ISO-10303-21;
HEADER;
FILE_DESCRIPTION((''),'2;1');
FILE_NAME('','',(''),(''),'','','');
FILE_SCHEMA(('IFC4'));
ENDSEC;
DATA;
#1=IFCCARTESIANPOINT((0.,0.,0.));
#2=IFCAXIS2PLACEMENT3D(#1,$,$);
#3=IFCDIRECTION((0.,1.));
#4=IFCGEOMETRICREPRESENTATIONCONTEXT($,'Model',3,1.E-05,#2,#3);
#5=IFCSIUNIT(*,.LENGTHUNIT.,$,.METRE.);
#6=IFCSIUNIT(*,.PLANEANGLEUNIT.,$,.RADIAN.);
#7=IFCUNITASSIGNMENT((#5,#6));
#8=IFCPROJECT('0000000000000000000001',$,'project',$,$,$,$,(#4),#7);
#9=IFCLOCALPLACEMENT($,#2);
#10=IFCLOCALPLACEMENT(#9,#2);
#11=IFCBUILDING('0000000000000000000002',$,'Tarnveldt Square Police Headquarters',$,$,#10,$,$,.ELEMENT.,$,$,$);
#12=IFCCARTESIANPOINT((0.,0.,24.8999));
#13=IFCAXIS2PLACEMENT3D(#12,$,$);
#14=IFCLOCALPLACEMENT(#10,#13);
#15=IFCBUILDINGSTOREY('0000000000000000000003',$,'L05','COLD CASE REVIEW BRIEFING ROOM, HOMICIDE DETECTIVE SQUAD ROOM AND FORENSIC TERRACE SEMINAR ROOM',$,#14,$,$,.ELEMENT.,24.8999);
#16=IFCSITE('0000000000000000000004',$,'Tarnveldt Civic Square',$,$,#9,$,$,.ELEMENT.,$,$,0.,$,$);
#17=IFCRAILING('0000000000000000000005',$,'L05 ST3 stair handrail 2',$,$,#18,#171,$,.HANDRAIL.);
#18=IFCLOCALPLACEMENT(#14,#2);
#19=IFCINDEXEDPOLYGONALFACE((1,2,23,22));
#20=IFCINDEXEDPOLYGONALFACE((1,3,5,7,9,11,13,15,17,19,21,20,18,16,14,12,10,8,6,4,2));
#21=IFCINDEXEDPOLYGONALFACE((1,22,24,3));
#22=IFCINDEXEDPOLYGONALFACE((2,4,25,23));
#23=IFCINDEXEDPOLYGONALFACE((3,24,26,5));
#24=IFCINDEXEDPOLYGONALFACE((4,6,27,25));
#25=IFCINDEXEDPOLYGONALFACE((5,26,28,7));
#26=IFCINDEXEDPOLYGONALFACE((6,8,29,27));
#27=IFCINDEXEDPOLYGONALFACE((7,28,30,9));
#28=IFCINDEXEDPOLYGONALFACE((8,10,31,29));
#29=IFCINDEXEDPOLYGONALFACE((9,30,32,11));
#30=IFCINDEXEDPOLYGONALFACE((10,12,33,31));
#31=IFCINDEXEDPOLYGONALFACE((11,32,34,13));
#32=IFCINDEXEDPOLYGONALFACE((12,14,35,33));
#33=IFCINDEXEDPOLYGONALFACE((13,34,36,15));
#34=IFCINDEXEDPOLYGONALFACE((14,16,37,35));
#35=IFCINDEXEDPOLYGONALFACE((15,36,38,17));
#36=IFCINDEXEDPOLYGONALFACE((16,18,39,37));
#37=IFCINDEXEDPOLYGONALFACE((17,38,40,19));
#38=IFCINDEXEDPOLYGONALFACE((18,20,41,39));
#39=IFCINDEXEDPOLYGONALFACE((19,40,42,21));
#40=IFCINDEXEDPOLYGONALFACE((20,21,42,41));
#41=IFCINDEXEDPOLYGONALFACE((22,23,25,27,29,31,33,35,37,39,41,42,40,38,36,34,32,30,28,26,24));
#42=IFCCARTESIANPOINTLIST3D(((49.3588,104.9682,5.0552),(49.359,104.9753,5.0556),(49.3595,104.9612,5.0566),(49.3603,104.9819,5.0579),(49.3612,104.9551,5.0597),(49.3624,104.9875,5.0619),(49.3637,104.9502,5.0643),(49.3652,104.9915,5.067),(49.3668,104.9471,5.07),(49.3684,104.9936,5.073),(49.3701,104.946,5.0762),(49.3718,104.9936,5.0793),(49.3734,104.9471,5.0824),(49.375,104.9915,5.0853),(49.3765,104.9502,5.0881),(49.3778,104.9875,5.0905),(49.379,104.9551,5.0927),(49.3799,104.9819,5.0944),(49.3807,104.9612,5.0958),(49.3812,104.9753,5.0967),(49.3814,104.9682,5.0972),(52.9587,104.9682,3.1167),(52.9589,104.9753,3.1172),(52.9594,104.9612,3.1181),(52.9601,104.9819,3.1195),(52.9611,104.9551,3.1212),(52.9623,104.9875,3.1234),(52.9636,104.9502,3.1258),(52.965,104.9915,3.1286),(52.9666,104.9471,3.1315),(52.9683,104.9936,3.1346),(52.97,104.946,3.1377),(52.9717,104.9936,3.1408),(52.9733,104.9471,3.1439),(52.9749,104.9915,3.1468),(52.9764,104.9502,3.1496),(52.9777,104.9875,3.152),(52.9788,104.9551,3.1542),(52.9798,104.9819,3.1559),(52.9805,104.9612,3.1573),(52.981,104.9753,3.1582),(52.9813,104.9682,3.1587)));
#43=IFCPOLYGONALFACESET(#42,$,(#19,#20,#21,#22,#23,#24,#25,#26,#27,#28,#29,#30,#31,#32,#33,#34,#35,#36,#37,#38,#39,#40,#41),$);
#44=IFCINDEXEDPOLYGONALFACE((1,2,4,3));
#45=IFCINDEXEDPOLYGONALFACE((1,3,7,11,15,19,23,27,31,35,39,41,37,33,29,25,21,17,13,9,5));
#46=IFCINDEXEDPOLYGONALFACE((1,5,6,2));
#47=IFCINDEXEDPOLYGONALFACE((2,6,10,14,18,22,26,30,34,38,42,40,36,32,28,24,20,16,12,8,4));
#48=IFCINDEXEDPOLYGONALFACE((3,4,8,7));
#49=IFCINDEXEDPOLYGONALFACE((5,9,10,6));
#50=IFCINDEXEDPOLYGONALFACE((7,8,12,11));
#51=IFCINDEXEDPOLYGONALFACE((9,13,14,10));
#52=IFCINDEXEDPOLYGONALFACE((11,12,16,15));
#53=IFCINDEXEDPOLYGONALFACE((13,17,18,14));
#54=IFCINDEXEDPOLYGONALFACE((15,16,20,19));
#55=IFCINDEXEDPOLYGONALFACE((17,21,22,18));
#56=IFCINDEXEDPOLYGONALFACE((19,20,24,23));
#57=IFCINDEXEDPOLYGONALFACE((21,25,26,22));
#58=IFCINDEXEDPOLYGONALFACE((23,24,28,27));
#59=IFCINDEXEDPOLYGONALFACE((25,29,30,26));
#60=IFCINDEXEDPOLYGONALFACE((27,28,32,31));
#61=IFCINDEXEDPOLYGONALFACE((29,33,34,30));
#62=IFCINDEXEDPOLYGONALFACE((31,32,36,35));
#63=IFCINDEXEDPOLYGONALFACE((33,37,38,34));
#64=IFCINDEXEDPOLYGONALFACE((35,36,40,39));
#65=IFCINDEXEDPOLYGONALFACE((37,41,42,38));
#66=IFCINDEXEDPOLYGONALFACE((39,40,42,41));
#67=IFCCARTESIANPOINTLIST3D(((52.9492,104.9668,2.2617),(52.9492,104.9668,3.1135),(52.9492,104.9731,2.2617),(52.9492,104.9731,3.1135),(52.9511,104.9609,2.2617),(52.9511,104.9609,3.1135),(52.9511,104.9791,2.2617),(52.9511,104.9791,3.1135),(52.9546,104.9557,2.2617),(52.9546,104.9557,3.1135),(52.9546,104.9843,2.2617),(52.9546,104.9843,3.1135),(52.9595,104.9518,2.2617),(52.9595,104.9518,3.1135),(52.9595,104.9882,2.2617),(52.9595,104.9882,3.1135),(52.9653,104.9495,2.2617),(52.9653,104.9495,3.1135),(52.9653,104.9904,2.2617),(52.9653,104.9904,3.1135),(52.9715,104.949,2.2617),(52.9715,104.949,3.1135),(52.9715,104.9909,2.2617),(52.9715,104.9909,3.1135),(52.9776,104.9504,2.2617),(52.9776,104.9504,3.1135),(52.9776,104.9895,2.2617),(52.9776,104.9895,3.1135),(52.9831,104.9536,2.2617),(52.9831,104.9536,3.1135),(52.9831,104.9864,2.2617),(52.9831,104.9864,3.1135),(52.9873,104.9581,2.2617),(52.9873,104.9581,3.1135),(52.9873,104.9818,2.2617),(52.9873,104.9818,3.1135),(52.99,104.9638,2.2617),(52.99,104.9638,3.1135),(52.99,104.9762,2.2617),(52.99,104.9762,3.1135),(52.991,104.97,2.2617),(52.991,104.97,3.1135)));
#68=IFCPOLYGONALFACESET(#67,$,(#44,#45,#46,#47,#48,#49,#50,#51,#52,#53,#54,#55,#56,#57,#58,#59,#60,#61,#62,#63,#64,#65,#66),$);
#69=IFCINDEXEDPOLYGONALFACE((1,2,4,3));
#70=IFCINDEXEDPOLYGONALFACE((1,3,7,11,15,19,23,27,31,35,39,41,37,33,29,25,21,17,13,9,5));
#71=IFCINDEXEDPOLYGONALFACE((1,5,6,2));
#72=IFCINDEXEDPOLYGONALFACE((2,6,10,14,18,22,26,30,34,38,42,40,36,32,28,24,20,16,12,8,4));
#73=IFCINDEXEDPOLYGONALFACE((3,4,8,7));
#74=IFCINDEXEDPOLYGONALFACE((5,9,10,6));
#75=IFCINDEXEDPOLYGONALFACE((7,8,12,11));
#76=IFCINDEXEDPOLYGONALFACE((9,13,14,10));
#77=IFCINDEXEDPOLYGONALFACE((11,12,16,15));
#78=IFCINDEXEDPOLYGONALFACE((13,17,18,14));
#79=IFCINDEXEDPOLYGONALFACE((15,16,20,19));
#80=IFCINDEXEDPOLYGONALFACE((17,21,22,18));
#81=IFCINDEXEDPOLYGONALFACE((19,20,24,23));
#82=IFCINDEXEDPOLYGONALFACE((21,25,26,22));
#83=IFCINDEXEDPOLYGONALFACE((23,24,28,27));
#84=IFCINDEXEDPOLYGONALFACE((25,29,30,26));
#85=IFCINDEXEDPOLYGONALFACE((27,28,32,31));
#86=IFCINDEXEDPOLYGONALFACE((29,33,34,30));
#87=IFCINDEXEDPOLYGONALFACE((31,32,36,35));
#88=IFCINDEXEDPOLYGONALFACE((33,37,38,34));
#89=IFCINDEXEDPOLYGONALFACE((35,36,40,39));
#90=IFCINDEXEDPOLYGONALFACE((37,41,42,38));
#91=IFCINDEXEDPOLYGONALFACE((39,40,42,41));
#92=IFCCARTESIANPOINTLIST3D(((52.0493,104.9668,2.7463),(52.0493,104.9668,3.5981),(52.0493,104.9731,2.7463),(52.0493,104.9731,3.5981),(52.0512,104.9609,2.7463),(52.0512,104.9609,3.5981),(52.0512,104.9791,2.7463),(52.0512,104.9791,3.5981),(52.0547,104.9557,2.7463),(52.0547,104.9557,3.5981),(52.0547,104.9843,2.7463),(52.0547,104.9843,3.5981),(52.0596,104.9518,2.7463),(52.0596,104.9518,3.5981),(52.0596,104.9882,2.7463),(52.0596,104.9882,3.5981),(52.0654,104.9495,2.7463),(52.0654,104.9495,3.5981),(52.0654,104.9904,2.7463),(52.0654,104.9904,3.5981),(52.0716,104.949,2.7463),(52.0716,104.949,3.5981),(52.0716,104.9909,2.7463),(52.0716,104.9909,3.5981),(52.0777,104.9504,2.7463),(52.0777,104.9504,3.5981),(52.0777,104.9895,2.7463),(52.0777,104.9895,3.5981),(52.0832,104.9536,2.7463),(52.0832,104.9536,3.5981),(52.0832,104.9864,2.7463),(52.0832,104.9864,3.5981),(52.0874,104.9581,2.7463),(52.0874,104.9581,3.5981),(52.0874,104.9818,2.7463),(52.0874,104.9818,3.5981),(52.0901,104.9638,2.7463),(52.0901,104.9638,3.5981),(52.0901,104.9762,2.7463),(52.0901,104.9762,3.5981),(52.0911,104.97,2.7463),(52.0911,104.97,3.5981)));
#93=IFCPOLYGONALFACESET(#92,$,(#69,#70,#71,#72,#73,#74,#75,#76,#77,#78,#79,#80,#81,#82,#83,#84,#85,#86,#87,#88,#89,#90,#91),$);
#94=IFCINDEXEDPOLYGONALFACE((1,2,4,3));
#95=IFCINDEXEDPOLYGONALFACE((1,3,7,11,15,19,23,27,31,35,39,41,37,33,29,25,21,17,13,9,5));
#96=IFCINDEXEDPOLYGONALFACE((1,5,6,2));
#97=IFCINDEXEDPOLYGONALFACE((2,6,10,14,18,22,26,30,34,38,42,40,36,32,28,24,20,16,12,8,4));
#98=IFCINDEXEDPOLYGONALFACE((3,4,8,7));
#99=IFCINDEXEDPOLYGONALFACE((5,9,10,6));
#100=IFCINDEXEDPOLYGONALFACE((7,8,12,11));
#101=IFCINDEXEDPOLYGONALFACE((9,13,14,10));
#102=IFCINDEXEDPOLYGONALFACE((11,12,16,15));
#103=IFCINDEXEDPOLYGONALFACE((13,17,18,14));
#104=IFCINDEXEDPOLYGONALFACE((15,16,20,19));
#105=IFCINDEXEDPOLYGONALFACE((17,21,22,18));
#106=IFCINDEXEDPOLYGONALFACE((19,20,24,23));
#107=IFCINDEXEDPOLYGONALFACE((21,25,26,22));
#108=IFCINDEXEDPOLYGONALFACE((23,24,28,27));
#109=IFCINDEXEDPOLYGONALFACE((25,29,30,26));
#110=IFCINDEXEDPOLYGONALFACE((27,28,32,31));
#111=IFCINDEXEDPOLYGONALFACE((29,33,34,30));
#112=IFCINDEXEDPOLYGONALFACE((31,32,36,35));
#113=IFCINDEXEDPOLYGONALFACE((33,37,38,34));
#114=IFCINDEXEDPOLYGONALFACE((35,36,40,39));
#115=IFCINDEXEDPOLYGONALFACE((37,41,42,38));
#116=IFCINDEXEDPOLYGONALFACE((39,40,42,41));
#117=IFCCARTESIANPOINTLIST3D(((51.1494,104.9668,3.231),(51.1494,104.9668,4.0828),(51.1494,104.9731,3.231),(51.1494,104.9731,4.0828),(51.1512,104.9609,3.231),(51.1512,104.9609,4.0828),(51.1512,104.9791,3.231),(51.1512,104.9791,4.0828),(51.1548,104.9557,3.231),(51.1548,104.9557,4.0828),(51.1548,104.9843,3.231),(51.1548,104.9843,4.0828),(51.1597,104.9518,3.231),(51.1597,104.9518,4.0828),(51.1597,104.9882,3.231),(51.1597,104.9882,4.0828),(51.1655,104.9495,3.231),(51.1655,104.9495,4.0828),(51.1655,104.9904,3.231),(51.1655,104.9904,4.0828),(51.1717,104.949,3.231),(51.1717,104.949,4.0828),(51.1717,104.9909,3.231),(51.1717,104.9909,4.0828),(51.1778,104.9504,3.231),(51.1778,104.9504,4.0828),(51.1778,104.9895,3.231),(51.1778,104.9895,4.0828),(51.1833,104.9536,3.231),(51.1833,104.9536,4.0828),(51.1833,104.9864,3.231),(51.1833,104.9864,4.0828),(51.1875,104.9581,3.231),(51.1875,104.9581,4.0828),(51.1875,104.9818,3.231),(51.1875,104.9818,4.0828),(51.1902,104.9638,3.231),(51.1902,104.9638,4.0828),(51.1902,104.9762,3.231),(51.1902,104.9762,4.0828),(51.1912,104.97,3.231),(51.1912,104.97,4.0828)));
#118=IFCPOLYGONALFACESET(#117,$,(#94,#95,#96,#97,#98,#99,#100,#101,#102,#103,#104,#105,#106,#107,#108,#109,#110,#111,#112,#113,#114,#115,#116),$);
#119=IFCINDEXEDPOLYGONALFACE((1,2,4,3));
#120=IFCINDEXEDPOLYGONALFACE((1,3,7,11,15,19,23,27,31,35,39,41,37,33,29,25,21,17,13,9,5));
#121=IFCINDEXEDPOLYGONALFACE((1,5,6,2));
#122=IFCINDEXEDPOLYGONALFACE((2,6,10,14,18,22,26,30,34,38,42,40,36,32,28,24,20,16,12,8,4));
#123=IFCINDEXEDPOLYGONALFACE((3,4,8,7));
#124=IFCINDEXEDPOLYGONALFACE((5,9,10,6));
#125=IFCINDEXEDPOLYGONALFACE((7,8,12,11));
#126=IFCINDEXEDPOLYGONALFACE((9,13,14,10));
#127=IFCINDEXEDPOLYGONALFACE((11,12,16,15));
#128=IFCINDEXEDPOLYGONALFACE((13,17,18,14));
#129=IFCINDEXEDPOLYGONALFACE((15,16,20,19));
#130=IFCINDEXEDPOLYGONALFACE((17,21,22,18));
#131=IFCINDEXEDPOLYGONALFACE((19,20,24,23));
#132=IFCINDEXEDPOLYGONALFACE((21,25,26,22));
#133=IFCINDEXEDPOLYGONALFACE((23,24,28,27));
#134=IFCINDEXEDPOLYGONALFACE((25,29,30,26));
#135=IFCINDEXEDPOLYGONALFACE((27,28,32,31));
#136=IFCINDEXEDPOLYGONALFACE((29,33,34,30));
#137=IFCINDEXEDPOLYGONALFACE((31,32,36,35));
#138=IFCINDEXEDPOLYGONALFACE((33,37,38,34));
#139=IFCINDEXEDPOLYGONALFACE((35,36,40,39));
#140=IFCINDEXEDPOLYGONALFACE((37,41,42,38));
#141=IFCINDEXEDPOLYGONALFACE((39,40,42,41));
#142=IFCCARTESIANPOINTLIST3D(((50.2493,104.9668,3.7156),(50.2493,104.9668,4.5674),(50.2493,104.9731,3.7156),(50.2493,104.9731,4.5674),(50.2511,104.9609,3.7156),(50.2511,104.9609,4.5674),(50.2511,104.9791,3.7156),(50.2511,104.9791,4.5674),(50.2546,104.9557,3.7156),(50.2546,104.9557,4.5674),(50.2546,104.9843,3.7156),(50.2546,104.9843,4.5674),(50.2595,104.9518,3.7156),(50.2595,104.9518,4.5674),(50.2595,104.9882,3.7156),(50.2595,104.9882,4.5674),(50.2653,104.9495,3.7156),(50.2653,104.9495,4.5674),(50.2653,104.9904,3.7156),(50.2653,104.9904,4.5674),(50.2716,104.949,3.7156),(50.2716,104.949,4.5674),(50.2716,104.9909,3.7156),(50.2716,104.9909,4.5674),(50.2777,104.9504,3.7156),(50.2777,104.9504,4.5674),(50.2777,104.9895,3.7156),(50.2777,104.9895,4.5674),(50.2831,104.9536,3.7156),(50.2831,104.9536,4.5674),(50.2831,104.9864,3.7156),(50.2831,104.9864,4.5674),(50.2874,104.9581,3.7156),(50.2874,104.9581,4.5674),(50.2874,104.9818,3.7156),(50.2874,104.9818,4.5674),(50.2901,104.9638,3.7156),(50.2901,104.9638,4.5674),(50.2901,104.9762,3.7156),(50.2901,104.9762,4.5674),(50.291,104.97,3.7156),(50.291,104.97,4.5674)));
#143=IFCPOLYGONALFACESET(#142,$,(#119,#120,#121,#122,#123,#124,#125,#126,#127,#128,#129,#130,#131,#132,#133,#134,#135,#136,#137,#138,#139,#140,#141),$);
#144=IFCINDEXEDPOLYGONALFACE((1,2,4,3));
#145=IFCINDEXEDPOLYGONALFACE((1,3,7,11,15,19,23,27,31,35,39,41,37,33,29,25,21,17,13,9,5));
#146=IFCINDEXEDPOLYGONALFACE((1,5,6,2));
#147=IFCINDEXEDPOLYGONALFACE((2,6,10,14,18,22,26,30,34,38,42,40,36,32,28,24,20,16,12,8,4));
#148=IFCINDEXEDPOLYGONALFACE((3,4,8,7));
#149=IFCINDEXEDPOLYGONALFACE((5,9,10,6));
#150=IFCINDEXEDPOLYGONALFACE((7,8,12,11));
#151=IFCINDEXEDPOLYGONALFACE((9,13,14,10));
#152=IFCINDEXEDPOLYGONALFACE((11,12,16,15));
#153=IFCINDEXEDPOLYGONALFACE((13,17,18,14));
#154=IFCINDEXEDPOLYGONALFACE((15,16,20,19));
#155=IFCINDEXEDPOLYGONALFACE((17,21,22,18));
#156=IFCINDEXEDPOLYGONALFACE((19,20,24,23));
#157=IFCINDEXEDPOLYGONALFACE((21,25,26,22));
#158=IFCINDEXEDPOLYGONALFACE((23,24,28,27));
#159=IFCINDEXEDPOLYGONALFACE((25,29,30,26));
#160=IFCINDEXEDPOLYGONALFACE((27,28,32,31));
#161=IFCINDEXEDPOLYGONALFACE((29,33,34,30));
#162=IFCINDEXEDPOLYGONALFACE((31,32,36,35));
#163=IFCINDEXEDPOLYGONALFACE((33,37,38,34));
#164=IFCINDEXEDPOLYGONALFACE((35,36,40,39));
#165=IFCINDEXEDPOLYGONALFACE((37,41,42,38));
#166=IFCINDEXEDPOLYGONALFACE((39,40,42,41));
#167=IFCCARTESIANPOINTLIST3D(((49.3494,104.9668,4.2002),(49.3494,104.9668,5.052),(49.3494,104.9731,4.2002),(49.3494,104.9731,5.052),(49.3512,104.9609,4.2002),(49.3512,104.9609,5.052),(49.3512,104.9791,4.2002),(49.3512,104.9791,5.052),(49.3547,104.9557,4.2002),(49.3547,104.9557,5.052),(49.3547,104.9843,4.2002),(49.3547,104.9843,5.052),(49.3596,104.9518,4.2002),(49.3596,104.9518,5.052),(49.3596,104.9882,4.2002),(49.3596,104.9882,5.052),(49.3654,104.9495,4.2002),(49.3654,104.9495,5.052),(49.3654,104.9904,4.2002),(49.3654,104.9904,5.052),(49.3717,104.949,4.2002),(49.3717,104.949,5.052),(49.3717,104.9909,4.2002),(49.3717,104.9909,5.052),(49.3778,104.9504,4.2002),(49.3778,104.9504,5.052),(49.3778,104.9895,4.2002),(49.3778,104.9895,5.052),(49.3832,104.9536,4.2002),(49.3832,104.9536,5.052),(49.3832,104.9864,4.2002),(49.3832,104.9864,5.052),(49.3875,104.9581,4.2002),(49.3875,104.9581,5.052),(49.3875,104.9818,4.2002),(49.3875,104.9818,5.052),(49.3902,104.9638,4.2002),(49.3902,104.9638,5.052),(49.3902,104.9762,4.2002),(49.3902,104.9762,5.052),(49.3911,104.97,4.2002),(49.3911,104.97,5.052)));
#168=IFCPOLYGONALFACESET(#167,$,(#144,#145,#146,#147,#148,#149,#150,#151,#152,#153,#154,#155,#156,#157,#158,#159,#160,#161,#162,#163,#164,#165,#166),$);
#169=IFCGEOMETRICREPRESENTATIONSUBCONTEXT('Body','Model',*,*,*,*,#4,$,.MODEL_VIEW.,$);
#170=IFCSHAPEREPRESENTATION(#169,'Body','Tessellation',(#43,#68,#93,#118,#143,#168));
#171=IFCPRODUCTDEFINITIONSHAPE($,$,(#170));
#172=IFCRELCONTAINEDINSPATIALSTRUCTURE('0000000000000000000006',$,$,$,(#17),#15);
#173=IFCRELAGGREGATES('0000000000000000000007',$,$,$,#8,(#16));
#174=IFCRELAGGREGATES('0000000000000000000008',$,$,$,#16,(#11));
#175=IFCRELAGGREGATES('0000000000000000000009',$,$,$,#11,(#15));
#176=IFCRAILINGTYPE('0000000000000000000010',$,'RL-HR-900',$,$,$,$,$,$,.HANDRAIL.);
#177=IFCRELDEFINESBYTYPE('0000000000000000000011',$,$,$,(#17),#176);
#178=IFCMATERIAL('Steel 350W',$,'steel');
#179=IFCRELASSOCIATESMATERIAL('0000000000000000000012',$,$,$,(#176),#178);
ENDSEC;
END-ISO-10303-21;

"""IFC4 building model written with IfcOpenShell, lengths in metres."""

from ifc_helpers import new_model, si_unit, direction, frame, origin, origin_2d, place, context, subcontext, project, spatial, circle, extrude, material, type_object, element, save


model = new_model("IFC4")

# Units and contexts
model_context = context("Model", 3, precision=1e-05, world=origin(), true_north=direction((0.0, 1.0)))
body_context = subcontext(model_context, "Body", "Model", "MODEL_VIEW")
ifc_project = project(units=[si_unit("LENGTHUNIT", "METRE"), si_unit("PLANEANGLEUNIT", "RADIAN")], contexts=[model_context])

# Site, building, storey
site_placement = place(None, origin())
site = spatial("IfcSite", under=ifc_project, at=site_placement, Name="Tarnveldt Civic Square", CompositionType="ELEMENT", RefElevation=0.0)
building_placement = place(site_placement, origin())
building = spatial("IfcBuilding", under=site, at=building_placement, Name="Tarnveldt Square Police Headquarters", CompositionType="ELEMENT")
storey_placement = place(building_placement, frame((0.0, 0.0, 24.8999)))
storey = spatial("IfcBuildingStorey", under=building, at=storey_placement, Name="L05", Description="COLD CASE REVIEW BRIEFING ROOM, HOMICIDE DETECTIVE SQUAD ROOM AND FORENSIC TERRACE SEMINAR ROOM", CompositionType="ELEMENT", Elevation=24.8999)

# Shared definitions
ifc_material_1 = material(Name="Steel 350W", Category="steel")

# Railing
railing_type_1 = type_object("IfcRailingType", Name="RL-HR-900", PredefinedType="HANDRAIL", material=ifc_material_1)
railing_1_placement = place(storey_placement, frame((52.97, 104.97, 2.2617)))
element("IfcRailing", 1, at=railing_1_placement, inside=storey, type_object=railing_type_1, Name="L05 ST3 stair handrail 2", PredefinedType="HANDRAIL", context=body_context, shape_type="SweptSolid", body=[
    extrude(circle(Radius=0.0239, at=origin_2d()), frame((0.0, 0.0, 0.876), z_axis=(-0.880462, 0.0, 0.474118), x_axis=(0.0, -1.0, 0.0)), (0.0, 0.0, 1.0), 4.0886),
    extrude(circle(Radius=0.021, at=origin_2d()), origin(), (0.0, 0.0, 1.0), 0.8518),
    extrude(circle(Radius=0.021, at=origin_2d()), frame((-0.8999, 0.0, 0.4846)), (0.0, 0.0, 1.0), 0.8518),
    extrude(circle(Radius=0.021, at=origin_2d()), frame((-1.7998, 0.0, 0.9692)), (0.0, 0.0, 1.0), 0.8518),
    extrude(circle(Radius=0.021, at=origin_2d()), frame((-2.7, 0.0, 1.4539)), (0.0, 0.0, 1.0), 0.8518),
    extrude(circle(Radius=0.021, at=origin_2d()), frame((-3.5999, 0.0, 1.9385)), (0.0, 0.0, 1.0), 0.8518),
])

save(model, "model.ifc")
